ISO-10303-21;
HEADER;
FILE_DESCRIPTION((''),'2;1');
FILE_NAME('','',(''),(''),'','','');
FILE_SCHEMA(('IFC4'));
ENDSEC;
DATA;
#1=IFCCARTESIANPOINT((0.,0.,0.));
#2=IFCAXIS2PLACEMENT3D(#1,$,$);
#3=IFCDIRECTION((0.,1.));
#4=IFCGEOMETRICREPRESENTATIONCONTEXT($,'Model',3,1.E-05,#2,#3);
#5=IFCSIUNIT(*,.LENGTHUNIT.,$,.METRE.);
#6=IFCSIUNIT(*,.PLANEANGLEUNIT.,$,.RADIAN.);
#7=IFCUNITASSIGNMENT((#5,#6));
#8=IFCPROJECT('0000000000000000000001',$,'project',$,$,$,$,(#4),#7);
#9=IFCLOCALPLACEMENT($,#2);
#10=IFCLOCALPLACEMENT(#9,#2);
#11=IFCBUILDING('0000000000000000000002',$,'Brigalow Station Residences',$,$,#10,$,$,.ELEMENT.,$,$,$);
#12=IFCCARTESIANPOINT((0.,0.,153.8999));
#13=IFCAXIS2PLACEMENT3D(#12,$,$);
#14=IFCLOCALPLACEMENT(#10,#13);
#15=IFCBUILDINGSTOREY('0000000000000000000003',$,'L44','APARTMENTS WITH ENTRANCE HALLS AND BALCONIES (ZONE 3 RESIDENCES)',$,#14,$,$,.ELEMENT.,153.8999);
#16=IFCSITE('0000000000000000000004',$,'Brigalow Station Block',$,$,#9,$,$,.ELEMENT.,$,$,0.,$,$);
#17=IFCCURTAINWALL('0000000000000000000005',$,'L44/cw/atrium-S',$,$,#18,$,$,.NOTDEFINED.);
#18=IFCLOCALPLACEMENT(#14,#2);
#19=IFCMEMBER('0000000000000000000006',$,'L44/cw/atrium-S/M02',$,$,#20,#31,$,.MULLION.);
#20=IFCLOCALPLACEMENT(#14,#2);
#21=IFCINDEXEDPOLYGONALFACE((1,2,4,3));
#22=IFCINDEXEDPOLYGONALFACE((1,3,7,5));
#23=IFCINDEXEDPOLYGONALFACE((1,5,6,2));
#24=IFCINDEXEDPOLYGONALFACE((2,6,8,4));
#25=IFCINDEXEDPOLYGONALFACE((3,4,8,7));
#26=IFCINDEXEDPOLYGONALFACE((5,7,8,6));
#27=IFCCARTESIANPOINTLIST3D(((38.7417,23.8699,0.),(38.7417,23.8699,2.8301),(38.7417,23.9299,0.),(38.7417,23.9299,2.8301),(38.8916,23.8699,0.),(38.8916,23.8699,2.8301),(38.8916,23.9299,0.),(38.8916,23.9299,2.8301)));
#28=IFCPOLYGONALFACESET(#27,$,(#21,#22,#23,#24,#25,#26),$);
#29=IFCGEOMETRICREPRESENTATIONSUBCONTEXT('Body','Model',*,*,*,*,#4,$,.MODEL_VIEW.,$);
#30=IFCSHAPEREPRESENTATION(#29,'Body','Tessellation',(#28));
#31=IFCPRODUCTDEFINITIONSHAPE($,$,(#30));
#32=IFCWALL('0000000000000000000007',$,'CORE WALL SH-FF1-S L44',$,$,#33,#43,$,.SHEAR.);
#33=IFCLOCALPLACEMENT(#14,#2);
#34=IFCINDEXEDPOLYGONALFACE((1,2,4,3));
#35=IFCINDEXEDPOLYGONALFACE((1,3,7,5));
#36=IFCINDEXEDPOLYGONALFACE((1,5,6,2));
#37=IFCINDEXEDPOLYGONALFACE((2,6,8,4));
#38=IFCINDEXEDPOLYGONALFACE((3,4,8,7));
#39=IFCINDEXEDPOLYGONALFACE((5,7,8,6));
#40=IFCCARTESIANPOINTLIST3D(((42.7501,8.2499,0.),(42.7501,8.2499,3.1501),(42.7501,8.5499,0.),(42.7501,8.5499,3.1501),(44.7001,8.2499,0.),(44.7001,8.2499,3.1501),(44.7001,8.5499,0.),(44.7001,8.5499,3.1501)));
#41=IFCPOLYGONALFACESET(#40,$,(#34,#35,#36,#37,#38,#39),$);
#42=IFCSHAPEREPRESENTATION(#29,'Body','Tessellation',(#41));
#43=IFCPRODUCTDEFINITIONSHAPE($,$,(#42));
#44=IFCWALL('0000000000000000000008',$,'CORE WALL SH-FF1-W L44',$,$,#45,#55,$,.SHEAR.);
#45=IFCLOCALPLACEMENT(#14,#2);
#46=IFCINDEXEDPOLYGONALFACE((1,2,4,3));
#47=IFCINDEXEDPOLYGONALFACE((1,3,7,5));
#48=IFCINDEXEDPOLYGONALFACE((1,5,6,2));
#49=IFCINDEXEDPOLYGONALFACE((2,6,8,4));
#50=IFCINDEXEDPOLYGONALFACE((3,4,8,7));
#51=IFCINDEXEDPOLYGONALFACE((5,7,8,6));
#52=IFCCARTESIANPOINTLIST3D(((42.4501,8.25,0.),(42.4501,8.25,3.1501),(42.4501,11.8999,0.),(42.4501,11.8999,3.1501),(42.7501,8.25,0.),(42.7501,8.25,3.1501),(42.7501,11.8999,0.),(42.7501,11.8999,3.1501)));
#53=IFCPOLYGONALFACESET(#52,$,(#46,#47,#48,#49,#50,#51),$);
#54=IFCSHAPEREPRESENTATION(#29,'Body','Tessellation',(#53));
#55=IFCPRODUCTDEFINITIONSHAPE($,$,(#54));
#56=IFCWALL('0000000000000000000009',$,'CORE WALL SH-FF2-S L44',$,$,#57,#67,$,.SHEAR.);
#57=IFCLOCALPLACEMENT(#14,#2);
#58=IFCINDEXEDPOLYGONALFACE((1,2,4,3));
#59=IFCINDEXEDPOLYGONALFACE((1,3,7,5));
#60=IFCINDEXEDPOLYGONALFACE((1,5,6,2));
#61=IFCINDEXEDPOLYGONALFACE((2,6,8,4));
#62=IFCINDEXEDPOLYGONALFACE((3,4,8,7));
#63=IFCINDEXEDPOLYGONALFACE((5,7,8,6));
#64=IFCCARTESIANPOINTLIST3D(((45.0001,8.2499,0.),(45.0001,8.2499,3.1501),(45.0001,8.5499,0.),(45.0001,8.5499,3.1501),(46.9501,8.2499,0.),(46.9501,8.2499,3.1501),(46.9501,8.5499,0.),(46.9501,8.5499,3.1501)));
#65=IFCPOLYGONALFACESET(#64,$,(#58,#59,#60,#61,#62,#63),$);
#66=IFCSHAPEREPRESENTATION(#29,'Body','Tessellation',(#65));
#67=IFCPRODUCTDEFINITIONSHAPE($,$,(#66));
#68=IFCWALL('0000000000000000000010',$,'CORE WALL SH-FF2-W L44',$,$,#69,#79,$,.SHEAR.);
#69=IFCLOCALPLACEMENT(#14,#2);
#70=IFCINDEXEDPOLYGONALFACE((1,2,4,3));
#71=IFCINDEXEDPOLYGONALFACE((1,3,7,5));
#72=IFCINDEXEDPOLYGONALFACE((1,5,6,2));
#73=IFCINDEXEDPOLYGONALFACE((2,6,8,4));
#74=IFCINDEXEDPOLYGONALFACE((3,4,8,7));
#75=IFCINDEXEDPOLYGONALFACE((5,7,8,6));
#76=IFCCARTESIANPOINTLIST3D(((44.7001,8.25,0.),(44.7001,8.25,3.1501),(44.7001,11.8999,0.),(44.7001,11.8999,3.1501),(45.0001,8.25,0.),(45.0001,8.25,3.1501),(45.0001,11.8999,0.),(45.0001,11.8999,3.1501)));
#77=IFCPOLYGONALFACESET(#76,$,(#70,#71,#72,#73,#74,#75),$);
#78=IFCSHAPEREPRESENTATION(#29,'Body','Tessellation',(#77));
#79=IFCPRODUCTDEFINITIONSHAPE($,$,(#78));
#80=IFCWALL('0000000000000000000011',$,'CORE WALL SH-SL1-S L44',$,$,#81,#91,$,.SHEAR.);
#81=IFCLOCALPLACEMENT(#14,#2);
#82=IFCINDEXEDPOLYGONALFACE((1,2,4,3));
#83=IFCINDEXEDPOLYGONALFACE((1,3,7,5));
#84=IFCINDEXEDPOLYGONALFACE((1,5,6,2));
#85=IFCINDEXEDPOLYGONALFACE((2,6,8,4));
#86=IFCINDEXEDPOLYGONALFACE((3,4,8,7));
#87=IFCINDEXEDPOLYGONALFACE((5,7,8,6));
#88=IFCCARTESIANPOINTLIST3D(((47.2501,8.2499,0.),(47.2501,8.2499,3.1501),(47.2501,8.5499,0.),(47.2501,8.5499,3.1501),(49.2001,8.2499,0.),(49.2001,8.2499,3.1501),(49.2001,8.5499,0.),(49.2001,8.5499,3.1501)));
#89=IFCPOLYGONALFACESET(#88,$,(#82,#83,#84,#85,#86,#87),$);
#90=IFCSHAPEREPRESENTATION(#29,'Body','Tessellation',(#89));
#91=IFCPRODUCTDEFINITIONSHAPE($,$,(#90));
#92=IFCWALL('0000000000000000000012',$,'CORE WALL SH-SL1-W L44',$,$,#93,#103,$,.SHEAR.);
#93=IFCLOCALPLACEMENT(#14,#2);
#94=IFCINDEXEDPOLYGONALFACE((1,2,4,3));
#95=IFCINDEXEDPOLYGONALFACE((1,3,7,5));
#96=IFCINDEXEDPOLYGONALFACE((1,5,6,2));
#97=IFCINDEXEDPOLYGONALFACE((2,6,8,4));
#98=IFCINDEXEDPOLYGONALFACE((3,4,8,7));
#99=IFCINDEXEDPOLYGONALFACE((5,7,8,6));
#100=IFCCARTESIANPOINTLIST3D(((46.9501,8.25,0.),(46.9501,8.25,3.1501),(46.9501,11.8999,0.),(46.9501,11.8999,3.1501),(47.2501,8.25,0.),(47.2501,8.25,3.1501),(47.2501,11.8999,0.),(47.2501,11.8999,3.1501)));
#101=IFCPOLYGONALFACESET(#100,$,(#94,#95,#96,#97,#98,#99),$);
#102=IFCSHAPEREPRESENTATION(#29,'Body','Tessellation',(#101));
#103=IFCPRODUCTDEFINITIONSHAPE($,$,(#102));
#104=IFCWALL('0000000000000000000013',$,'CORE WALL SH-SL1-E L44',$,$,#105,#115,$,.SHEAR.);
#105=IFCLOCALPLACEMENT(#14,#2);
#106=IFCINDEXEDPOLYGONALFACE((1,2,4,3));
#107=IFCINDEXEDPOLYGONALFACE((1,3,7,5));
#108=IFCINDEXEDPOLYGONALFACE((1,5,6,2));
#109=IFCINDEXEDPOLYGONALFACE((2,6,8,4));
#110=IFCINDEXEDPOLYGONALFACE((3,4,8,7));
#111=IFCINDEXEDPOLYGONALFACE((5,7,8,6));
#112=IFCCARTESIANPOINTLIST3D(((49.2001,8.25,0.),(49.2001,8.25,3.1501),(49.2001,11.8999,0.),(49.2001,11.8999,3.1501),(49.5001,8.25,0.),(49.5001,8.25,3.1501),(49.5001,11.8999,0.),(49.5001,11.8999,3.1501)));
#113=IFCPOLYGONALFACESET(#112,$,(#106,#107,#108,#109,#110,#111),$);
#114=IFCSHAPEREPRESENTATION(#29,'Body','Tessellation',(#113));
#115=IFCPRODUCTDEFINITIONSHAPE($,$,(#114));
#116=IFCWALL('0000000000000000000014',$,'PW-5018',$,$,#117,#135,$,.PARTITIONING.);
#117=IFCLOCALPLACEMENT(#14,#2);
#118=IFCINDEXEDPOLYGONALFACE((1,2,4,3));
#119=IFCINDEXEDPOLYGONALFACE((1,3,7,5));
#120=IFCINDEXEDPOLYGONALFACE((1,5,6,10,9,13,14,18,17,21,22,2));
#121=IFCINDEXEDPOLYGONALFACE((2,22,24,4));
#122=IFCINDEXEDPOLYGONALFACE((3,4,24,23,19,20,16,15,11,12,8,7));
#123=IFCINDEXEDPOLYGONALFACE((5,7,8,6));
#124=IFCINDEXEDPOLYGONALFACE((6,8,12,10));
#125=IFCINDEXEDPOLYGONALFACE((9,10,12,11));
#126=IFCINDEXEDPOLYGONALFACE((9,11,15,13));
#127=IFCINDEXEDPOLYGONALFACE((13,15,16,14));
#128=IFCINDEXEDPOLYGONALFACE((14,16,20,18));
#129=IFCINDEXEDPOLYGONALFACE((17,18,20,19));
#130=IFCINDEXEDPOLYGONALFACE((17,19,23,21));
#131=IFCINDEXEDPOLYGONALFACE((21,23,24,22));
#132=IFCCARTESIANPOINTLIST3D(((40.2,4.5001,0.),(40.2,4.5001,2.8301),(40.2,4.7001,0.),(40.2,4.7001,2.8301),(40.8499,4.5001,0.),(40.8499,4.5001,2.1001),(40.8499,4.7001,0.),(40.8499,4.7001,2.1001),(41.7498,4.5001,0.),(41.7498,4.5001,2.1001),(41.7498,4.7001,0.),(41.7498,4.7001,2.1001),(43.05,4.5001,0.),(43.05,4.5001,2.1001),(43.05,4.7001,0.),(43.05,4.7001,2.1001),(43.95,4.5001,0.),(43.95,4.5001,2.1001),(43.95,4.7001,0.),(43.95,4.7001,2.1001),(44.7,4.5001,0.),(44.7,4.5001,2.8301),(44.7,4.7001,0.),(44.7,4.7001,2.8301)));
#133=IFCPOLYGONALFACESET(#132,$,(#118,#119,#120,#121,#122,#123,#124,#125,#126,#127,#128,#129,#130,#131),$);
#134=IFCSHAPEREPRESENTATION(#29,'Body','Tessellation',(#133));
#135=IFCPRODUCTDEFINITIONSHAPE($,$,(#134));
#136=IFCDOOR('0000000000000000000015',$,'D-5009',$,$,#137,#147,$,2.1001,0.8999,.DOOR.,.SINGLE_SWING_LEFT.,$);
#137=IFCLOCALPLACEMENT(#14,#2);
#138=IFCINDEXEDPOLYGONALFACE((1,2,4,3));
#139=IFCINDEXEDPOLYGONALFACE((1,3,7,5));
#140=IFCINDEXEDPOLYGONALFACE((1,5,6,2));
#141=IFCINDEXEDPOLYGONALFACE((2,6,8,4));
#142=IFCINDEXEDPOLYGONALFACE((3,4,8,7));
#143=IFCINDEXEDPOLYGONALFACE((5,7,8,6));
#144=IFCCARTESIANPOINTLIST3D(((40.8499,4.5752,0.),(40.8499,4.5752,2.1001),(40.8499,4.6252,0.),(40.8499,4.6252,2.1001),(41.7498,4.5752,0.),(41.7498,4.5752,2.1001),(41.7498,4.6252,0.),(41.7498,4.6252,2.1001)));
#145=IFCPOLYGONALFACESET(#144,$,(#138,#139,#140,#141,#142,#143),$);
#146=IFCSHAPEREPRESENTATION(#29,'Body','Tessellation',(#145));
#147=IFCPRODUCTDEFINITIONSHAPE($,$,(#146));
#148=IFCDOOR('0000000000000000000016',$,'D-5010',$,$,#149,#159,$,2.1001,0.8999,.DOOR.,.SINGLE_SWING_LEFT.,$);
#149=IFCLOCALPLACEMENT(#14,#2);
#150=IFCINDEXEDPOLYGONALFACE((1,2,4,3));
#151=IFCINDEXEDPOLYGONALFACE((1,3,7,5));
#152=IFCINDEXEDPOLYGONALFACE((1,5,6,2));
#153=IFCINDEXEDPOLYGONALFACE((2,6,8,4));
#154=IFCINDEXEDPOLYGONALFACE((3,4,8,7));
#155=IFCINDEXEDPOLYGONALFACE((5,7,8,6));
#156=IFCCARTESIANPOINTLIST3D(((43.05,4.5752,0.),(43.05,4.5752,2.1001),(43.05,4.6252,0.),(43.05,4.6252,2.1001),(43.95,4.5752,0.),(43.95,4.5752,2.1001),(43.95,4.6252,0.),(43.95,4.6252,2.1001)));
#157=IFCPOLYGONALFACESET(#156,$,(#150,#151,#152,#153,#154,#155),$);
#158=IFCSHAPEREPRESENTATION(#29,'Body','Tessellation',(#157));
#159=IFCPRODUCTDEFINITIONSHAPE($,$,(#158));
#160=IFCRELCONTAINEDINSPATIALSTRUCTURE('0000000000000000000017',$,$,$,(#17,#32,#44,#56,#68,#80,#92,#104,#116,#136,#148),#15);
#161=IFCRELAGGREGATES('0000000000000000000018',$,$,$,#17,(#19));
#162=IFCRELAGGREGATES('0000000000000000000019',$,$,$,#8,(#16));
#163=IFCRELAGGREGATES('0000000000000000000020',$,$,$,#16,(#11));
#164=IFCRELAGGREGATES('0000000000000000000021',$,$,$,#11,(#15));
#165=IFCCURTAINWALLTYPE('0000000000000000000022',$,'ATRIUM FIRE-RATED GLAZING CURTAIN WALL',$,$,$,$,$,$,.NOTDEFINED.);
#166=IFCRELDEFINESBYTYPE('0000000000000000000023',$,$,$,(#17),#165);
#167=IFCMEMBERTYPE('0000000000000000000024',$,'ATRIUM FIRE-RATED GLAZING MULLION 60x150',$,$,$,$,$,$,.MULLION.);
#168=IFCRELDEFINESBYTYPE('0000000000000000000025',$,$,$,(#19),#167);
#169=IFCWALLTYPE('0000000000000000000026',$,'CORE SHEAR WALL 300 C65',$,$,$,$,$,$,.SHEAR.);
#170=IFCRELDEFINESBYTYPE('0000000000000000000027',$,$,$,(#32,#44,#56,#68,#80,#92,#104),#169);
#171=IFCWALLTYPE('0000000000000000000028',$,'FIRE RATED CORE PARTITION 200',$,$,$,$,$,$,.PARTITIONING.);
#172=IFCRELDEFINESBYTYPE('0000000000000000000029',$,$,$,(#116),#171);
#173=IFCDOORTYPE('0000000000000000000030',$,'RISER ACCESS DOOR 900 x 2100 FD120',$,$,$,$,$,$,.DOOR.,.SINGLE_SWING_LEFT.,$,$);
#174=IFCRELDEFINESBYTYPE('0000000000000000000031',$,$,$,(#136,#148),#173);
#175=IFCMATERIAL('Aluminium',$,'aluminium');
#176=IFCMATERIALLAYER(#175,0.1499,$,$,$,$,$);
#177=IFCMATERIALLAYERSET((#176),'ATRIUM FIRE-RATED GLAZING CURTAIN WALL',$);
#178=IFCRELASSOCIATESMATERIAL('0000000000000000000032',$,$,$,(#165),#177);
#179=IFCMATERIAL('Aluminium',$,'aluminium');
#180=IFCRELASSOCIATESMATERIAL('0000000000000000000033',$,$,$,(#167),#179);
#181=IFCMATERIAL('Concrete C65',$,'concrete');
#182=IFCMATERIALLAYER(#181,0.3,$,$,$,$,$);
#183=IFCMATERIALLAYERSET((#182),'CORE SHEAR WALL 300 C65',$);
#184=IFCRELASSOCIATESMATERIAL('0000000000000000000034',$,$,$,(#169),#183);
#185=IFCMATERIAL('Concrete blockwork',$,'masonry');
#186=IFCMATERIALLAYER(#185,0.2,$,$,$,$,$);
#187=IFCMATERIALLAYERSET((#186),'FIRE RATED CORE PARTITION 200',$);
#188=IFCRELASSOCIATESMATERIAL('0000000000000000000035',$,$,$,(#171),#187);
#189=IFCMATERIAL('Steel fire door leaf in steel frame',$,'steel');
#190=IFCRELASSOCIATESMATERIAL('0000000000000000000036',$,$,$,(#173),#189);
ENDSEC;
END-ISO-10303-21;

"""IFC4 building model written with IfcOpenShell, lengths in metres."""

from ifc_helpers import new_model, si_unit, direction, frame, frame_2d, origin, origin_2d, place, context, subcontext, project, spatial, rectangle, extrude, material, layer, layer_set, material_profile, profile_set, type_object, element, fill, aggregate, save


model = new_model("IFC4")

# Units and contexts
model_context = context("Model", 3, precision=1e-05, world=origin(), true_north=direction((0.0, 1.0)))
body_context = subcontext(model_context, "Body", "Model", "MODEL_VIEW")
ifc_project = project(units=[si_unit("LENGTHUNIT", "METRE"), si_unit("PLANEANGLEUNIT", "RADIAN")], contexts=[model_context])

# Site, building, storey
site_placement = place(None, origin())
site = spatial("IfcSite", under=ifc_project, at=site_placement, Name="Brigalow Station Block", CompositionType="ELEMENT", RefElevation=0.0)
building_placement = place(site_placement, origin())
building = spatial("IfcBuilding", under=site, at=building_placement, Name="Brigalow Station Residences", CompositionType="ELEMENT")
storey_placement = place(building_placement, frame((0.0, 0.0, 153.8999)))
storey = spatial("IfcBuildingStorey", under=building, at=storey_placement, Name="L44", Description="APARTMENTS WITH ENTRANCE HALLS AND BALCONIES (ZONE 3 RESIDENCES)", CompositionType="ELEMENT", Elevation=153.8999)

# Curtain wall, member
ifc_material_1 = material(Name="Aluminium", Category="aluminium")
ifc_layer_1 = layer(ifc_material_1, 0.1499)
ifc_layer_set_1 = layer_set([ifc_layer_1], Name="ATRIUM FIRE-RATED GLAZING CURTAIN WALL")
curtain_wall_type = type_object("IfcCurtainWallType", Name="ATRIUM FIRE-RATED GLAZING CURTAIN WALL", PredefinedType="NOTDEFINED", material=ifc_layer_set_1)
curtain_wall_placement = place(storey_placement, origin())
curtain_wall = element("IfcCurtainWall", 1, at=curtain_wall_placement, inside=storey, type_object=curtain_wall_type, Name="L44/cw/atrium-S", PredefinedType="NOTDEFINED")
ifc_material_2 = material(Name="Aluminium", Category="aluminium")
ifc_material_profile = material_profile(ifc_material_2, rectangle(XDim=0.0601, YDim=0.1499, at=origin_2d()), Name="ATRIUM FIRE-RATED GLAZING MULLION 60x150")
ifc_profile_set = profile_set([ifc_material_profile], Name="Aluminium")
member_type = type_object("IfcMemberType", Name="ATRIUM FIRE-RATED GLAZING MULLION 60x150", PredefinedType="MULLION", material=ifc_profile_set)
member_placement = place(storey_placement, frame((38.8167, 23.8999, 0.0), z_axis=(0.0, 0.0, 1.0), x_axis=(0.0, 1.0, 0.0)))
member = element("IfcMember", 2, at=member_placement, type_object=member_type, Name="L44/cw/atrium-S/M02", PredefinedType="MULLION", context=body_context, shape_type="SweptSolid", body=[
    extrude(rectangle(XDim=0.0601, YDim=0.1499, at=origin_2d()), origin(), (0.0, 0.0, 1.0), 2.8301),
])
aggregate(curtain_wall, [member])

# Walls
ifc_material_3 = material(Name="Concrete C65", Category="concrete")
ifc_layer_2 = layer(ifc_material_3, 0.3)
ifc_layer_set_2 = layer_set([ifc_layer_2], Name="CORE SHEAR WALL 300 C65")
wall_type_1 = type_object("IfcWallType", Name="CORE SHEAR WALL 300 C65", PredefinedType="SHEAR", material=ifc_layer_set_2)
wall_1_placement = place(storey_placement, frame((42.75, 8.3999, 0.0), z_axis=(0.0, 0.0, 1.0), x_axis=(1.0, 0.0, 0.0)))
element("IfcWall", 3, at=wall_1_placement, inside=storey, type_object=wall_type_1, Name="CORE WALL SH-FF1-S L44", PredefinedType="SHEAR", context=body_context, shape_type="SweptSolid", body=[
    extrude(rectangle(XDim=1.95, YDim=0.3, at=frame_2d((0.9751, 0.0))), origin(), (0.0, 0.0, 1.0), 3.1501),
])
wall_2_placement = place(storey_placement, frame((42.6001, 8.25, 0.0), z_axis=(0.0, 0.0, 1.0), x_axis=(0.0, 1.0, 0.0)))
element("IfcWall", 4, at=wall_2_placement, inside=storey, type_object=wall_type_1, Name="CORE WALL SH-FF1-W L44", PredefinedType="SHEAR", context=body_context, shape_type="SweptSolid", body=[
    extrude(rectangle(XDim=3.6499, YDim=0.3, at=frame_2d((1.825, 0.0))), origin(), (0.0, 0.0, 1.0), 3.1501),
])
wall_3_placement = place(storey_placement, frame((45.0, 8.3999, 0.0), z_axis=(0.0, 0.0, 1.0), x_axis=(1.0, 0.0, 0.0)))
element("IfcWall", 5, at=wall_3_placement, inside=storey, type_object=wall_type_1, Name="CORE WALL SH-FF2-S L44", PredefinedType="SHEAR", context=body_context, shape_type="SweptSolid", body=[
    extrude(rectangle(XDim=1.95, YDim=0.3, at=frame_2d((0.9751, 0.0))), origin(), (0.0, 0.0, 1.0), 3.1501),
])
wall_4_placement = place(storey_placement, frame((44.8501, 8.25, 0.0), z_axis=(0.0, 0.0, 1.0), x_axis=(0.0, 1.0, 0.0)))
element("IfcWall", 6, at=wall_4_placement, inside=storey, type_object=wall_type_1, Name="CORE WALL SH-FF2-W L44", PredefinedType="SHEAR", context=body_context, shape_type="SweptSolid", body=[
    extrude(rectangle(XDim=3.6499, YDim=0.3, at=frame_2d((1.825, 0.0))), origin(), (0.0, 0.0, 1.0), 3.1501),
])
wall_5_placement = place(storey_placement, frame((47.25, 8.3999, 0.0), z_axis=(0.0, 0.0, 1.0), x_axis=(1.0, 0.0, 0.0)))
element("IfcWall", 7, at=wall_5_placement, inside=storey, type_object=wall_type_1, Name="CORE WALL SH-SL1-S L44", PredefinedType="SHEAR", context=body_context, shape_type="SweptSolid", body=[
    extrude(rectangle(XDim=1.95, YDim=0.3, at=frame_2d((0.9751, 0.0))), origin(), (0.0, 0.0, 1.0), 3.1501),
])
for number, where, z_axis, x_axis, name in (
    (8, (47.1001, 8.25, 0.0), (0.0, 0.0, 1.0), (0.0, 1.0, 0.0), "CORE WALL SH-SL1-W L44"),
    (9, (49.3501, 8.25, 0.0), (0.0, 0.0, 1.0), (0.0, 1.0, 0.0), "CORE WALL SH-SL1-E L44"),
):
    element("IfcWall", number, at=place(storey_placement, frame(where, z_axis=z_axis, x_axis=x_axis)), inside=storey, type_object=wall_type_1, Name=name, PredefinedType="SHEAR", context=body_context, shape_type="SweptSolid", body=[
        extrude(rectangle(XDim=3.6499, YDim=0.3, at=frame_2d((1.825, 0.0))), origin(), (0.0, 0.0, 1.0), 3.1501),
    ])

# Wall, openings, doors
ifc_material_4 = material(Name="Concrete blockwork", Category="masonry")
ifc_layer_3 = layer(ifc_material_4, 0.2)
ifc_layer_set_3 = layer_set([ifc_layer_3], Name="FIRE RATED CORE PARTITION 200")
wall_type_2 = type_object("IfcWallType", Name="FIRE RATED CORE PARTITION 200", PredefinedType="PARTITIONING", material=ifc_layer_set_3)
wall_6_placement = place(storey_placement, frame((40.2, 4.6001, 0.0), z_axis=(0.0, 0.0, 1.0), x_axis=(1.0, 0.0, 0.0)))
wall_6 = element("IfcWall", 10, at=wall_6_placement, inside=storey, type_object=wall_type_2, Name="PW-5018", PredefinedType="PARTITIONING", context=body_context, shape_type="SweptSolid", body=[
    extrude(rectangle(XDim=4.5, YDim=0.2, at=frame_2d((2.25, 0.0))), origin(), (0.0, 0.0, 1.0), 2.8301),
])
opening_1_placement = place(wall_6_placement, frame((0.6499, 0.0, 0.0)))
opening_1 = element("IfcOpeningElement", 11, at=opening_1_placement, cuts=wall_6, PredefinedType="OPENING", context=body_context, shape_type="SweptSolid", body=[
    extrude(rectangle(XDim=0.8999, YDim=2.1001, at=frame_2d((0.45, 1.05))), frame((0.0, 0.1099, 0.0), z_axis=(0.0, -1.0, 0.0), x_axis=(1.0, 0.0, 0.0)), (0.0, 0.0, 1.0), 0.22),
])
opening_2_placement = place(wall_6_placement, frame((2.8501, 0.0, 0.0)))
opening_2 = element("IfcOpeningElement", 12, at=opening_2_placement, cuts=wall_6, PredefinedType="OPENING", context=body_context, shape_type="SweptSolid", body=[
    extrude(rectangle(XDim=0.8999, YDim=2.1001, at=frame_2d((0.45, 1.05))), frame((0.0, 0.1099, 0.0), z_axis=(0.0, -1.0, 0.0), x_axis=(1.0, 0.0, 0.0)), (0.0, 0.0, 1.0), 0.22),
])
ifc_material_5 = material(Name="Steel fire door leaf in steel frame", Category="steel")
door_type_1 = type_object("IfcDoorType", Name="RISER ACCESS DOOR 900 x 2100 FD120", OperationType="SINGLE_SWING_LEFT", PredefinedType="DOOR", material=ifc_material_5)
door_1_placement = place(opening_1_placement, frame((0.8999, 0.0, 0.0), z_axis=(0.0, 0.0, 1.0), x_axis=(-1.0, 0.0, 0.0)))
door_1 = element("IfcDoor", 13, at=door_1_placement, inside=storey, type_object=door_type_1, Name="D-5009", OperationType="SINGLE_SWING_LEFT", OverallHeight=2.1001, OverallWidth=0.8999, PredefinedType="DOOR", context=body_context, shape_type="SweptSolid", body=[
    extrude(rectangle(XDim=0.8999, YDim=2.1001, at=frame_2d((0.45, 1.05))), frame((0.0, 0.0249, 0.0), z_axis=(0.0, -1.0, 0.0), x_axis=(1.0, 0.0, 0.0)), (0.0, 0.0, 1.0), 0.05),
])
fill(opening_1, door_1)
door_2_placement = place(opening_2_placement, frame((0.8999, 0.0, 0.0), z_axis=(0.0, 0.0, 1.0), x_axis=(-1.0, 0.0, 0.0)))
door_2 = element("IfcDoor", 14, at=door_2_placement, inside=storey, type_object=door_type_1, Name="D-5010", OperationType="SINGLE_SWING_LEFT", OverallHeight=2.1001, OverallWidth=0.8999, PredefinedType="DOOR", context=body_context, shape_type="SweptSolid", body=[
    extrude(rectangle(XDim=0.8999, YDim=2.1001, at=frame_2d((0.45, 1.05))), frame((0.0, 0.0249, 0.0), z_axis=(0.0, -1.0, 0.0), x_axis=(1.0, 0.0, 0.0)), (0.0, 0.0, 1.0), 0.05),
])
fill(opening_2, door_2)

save(model, "model.ifc")
